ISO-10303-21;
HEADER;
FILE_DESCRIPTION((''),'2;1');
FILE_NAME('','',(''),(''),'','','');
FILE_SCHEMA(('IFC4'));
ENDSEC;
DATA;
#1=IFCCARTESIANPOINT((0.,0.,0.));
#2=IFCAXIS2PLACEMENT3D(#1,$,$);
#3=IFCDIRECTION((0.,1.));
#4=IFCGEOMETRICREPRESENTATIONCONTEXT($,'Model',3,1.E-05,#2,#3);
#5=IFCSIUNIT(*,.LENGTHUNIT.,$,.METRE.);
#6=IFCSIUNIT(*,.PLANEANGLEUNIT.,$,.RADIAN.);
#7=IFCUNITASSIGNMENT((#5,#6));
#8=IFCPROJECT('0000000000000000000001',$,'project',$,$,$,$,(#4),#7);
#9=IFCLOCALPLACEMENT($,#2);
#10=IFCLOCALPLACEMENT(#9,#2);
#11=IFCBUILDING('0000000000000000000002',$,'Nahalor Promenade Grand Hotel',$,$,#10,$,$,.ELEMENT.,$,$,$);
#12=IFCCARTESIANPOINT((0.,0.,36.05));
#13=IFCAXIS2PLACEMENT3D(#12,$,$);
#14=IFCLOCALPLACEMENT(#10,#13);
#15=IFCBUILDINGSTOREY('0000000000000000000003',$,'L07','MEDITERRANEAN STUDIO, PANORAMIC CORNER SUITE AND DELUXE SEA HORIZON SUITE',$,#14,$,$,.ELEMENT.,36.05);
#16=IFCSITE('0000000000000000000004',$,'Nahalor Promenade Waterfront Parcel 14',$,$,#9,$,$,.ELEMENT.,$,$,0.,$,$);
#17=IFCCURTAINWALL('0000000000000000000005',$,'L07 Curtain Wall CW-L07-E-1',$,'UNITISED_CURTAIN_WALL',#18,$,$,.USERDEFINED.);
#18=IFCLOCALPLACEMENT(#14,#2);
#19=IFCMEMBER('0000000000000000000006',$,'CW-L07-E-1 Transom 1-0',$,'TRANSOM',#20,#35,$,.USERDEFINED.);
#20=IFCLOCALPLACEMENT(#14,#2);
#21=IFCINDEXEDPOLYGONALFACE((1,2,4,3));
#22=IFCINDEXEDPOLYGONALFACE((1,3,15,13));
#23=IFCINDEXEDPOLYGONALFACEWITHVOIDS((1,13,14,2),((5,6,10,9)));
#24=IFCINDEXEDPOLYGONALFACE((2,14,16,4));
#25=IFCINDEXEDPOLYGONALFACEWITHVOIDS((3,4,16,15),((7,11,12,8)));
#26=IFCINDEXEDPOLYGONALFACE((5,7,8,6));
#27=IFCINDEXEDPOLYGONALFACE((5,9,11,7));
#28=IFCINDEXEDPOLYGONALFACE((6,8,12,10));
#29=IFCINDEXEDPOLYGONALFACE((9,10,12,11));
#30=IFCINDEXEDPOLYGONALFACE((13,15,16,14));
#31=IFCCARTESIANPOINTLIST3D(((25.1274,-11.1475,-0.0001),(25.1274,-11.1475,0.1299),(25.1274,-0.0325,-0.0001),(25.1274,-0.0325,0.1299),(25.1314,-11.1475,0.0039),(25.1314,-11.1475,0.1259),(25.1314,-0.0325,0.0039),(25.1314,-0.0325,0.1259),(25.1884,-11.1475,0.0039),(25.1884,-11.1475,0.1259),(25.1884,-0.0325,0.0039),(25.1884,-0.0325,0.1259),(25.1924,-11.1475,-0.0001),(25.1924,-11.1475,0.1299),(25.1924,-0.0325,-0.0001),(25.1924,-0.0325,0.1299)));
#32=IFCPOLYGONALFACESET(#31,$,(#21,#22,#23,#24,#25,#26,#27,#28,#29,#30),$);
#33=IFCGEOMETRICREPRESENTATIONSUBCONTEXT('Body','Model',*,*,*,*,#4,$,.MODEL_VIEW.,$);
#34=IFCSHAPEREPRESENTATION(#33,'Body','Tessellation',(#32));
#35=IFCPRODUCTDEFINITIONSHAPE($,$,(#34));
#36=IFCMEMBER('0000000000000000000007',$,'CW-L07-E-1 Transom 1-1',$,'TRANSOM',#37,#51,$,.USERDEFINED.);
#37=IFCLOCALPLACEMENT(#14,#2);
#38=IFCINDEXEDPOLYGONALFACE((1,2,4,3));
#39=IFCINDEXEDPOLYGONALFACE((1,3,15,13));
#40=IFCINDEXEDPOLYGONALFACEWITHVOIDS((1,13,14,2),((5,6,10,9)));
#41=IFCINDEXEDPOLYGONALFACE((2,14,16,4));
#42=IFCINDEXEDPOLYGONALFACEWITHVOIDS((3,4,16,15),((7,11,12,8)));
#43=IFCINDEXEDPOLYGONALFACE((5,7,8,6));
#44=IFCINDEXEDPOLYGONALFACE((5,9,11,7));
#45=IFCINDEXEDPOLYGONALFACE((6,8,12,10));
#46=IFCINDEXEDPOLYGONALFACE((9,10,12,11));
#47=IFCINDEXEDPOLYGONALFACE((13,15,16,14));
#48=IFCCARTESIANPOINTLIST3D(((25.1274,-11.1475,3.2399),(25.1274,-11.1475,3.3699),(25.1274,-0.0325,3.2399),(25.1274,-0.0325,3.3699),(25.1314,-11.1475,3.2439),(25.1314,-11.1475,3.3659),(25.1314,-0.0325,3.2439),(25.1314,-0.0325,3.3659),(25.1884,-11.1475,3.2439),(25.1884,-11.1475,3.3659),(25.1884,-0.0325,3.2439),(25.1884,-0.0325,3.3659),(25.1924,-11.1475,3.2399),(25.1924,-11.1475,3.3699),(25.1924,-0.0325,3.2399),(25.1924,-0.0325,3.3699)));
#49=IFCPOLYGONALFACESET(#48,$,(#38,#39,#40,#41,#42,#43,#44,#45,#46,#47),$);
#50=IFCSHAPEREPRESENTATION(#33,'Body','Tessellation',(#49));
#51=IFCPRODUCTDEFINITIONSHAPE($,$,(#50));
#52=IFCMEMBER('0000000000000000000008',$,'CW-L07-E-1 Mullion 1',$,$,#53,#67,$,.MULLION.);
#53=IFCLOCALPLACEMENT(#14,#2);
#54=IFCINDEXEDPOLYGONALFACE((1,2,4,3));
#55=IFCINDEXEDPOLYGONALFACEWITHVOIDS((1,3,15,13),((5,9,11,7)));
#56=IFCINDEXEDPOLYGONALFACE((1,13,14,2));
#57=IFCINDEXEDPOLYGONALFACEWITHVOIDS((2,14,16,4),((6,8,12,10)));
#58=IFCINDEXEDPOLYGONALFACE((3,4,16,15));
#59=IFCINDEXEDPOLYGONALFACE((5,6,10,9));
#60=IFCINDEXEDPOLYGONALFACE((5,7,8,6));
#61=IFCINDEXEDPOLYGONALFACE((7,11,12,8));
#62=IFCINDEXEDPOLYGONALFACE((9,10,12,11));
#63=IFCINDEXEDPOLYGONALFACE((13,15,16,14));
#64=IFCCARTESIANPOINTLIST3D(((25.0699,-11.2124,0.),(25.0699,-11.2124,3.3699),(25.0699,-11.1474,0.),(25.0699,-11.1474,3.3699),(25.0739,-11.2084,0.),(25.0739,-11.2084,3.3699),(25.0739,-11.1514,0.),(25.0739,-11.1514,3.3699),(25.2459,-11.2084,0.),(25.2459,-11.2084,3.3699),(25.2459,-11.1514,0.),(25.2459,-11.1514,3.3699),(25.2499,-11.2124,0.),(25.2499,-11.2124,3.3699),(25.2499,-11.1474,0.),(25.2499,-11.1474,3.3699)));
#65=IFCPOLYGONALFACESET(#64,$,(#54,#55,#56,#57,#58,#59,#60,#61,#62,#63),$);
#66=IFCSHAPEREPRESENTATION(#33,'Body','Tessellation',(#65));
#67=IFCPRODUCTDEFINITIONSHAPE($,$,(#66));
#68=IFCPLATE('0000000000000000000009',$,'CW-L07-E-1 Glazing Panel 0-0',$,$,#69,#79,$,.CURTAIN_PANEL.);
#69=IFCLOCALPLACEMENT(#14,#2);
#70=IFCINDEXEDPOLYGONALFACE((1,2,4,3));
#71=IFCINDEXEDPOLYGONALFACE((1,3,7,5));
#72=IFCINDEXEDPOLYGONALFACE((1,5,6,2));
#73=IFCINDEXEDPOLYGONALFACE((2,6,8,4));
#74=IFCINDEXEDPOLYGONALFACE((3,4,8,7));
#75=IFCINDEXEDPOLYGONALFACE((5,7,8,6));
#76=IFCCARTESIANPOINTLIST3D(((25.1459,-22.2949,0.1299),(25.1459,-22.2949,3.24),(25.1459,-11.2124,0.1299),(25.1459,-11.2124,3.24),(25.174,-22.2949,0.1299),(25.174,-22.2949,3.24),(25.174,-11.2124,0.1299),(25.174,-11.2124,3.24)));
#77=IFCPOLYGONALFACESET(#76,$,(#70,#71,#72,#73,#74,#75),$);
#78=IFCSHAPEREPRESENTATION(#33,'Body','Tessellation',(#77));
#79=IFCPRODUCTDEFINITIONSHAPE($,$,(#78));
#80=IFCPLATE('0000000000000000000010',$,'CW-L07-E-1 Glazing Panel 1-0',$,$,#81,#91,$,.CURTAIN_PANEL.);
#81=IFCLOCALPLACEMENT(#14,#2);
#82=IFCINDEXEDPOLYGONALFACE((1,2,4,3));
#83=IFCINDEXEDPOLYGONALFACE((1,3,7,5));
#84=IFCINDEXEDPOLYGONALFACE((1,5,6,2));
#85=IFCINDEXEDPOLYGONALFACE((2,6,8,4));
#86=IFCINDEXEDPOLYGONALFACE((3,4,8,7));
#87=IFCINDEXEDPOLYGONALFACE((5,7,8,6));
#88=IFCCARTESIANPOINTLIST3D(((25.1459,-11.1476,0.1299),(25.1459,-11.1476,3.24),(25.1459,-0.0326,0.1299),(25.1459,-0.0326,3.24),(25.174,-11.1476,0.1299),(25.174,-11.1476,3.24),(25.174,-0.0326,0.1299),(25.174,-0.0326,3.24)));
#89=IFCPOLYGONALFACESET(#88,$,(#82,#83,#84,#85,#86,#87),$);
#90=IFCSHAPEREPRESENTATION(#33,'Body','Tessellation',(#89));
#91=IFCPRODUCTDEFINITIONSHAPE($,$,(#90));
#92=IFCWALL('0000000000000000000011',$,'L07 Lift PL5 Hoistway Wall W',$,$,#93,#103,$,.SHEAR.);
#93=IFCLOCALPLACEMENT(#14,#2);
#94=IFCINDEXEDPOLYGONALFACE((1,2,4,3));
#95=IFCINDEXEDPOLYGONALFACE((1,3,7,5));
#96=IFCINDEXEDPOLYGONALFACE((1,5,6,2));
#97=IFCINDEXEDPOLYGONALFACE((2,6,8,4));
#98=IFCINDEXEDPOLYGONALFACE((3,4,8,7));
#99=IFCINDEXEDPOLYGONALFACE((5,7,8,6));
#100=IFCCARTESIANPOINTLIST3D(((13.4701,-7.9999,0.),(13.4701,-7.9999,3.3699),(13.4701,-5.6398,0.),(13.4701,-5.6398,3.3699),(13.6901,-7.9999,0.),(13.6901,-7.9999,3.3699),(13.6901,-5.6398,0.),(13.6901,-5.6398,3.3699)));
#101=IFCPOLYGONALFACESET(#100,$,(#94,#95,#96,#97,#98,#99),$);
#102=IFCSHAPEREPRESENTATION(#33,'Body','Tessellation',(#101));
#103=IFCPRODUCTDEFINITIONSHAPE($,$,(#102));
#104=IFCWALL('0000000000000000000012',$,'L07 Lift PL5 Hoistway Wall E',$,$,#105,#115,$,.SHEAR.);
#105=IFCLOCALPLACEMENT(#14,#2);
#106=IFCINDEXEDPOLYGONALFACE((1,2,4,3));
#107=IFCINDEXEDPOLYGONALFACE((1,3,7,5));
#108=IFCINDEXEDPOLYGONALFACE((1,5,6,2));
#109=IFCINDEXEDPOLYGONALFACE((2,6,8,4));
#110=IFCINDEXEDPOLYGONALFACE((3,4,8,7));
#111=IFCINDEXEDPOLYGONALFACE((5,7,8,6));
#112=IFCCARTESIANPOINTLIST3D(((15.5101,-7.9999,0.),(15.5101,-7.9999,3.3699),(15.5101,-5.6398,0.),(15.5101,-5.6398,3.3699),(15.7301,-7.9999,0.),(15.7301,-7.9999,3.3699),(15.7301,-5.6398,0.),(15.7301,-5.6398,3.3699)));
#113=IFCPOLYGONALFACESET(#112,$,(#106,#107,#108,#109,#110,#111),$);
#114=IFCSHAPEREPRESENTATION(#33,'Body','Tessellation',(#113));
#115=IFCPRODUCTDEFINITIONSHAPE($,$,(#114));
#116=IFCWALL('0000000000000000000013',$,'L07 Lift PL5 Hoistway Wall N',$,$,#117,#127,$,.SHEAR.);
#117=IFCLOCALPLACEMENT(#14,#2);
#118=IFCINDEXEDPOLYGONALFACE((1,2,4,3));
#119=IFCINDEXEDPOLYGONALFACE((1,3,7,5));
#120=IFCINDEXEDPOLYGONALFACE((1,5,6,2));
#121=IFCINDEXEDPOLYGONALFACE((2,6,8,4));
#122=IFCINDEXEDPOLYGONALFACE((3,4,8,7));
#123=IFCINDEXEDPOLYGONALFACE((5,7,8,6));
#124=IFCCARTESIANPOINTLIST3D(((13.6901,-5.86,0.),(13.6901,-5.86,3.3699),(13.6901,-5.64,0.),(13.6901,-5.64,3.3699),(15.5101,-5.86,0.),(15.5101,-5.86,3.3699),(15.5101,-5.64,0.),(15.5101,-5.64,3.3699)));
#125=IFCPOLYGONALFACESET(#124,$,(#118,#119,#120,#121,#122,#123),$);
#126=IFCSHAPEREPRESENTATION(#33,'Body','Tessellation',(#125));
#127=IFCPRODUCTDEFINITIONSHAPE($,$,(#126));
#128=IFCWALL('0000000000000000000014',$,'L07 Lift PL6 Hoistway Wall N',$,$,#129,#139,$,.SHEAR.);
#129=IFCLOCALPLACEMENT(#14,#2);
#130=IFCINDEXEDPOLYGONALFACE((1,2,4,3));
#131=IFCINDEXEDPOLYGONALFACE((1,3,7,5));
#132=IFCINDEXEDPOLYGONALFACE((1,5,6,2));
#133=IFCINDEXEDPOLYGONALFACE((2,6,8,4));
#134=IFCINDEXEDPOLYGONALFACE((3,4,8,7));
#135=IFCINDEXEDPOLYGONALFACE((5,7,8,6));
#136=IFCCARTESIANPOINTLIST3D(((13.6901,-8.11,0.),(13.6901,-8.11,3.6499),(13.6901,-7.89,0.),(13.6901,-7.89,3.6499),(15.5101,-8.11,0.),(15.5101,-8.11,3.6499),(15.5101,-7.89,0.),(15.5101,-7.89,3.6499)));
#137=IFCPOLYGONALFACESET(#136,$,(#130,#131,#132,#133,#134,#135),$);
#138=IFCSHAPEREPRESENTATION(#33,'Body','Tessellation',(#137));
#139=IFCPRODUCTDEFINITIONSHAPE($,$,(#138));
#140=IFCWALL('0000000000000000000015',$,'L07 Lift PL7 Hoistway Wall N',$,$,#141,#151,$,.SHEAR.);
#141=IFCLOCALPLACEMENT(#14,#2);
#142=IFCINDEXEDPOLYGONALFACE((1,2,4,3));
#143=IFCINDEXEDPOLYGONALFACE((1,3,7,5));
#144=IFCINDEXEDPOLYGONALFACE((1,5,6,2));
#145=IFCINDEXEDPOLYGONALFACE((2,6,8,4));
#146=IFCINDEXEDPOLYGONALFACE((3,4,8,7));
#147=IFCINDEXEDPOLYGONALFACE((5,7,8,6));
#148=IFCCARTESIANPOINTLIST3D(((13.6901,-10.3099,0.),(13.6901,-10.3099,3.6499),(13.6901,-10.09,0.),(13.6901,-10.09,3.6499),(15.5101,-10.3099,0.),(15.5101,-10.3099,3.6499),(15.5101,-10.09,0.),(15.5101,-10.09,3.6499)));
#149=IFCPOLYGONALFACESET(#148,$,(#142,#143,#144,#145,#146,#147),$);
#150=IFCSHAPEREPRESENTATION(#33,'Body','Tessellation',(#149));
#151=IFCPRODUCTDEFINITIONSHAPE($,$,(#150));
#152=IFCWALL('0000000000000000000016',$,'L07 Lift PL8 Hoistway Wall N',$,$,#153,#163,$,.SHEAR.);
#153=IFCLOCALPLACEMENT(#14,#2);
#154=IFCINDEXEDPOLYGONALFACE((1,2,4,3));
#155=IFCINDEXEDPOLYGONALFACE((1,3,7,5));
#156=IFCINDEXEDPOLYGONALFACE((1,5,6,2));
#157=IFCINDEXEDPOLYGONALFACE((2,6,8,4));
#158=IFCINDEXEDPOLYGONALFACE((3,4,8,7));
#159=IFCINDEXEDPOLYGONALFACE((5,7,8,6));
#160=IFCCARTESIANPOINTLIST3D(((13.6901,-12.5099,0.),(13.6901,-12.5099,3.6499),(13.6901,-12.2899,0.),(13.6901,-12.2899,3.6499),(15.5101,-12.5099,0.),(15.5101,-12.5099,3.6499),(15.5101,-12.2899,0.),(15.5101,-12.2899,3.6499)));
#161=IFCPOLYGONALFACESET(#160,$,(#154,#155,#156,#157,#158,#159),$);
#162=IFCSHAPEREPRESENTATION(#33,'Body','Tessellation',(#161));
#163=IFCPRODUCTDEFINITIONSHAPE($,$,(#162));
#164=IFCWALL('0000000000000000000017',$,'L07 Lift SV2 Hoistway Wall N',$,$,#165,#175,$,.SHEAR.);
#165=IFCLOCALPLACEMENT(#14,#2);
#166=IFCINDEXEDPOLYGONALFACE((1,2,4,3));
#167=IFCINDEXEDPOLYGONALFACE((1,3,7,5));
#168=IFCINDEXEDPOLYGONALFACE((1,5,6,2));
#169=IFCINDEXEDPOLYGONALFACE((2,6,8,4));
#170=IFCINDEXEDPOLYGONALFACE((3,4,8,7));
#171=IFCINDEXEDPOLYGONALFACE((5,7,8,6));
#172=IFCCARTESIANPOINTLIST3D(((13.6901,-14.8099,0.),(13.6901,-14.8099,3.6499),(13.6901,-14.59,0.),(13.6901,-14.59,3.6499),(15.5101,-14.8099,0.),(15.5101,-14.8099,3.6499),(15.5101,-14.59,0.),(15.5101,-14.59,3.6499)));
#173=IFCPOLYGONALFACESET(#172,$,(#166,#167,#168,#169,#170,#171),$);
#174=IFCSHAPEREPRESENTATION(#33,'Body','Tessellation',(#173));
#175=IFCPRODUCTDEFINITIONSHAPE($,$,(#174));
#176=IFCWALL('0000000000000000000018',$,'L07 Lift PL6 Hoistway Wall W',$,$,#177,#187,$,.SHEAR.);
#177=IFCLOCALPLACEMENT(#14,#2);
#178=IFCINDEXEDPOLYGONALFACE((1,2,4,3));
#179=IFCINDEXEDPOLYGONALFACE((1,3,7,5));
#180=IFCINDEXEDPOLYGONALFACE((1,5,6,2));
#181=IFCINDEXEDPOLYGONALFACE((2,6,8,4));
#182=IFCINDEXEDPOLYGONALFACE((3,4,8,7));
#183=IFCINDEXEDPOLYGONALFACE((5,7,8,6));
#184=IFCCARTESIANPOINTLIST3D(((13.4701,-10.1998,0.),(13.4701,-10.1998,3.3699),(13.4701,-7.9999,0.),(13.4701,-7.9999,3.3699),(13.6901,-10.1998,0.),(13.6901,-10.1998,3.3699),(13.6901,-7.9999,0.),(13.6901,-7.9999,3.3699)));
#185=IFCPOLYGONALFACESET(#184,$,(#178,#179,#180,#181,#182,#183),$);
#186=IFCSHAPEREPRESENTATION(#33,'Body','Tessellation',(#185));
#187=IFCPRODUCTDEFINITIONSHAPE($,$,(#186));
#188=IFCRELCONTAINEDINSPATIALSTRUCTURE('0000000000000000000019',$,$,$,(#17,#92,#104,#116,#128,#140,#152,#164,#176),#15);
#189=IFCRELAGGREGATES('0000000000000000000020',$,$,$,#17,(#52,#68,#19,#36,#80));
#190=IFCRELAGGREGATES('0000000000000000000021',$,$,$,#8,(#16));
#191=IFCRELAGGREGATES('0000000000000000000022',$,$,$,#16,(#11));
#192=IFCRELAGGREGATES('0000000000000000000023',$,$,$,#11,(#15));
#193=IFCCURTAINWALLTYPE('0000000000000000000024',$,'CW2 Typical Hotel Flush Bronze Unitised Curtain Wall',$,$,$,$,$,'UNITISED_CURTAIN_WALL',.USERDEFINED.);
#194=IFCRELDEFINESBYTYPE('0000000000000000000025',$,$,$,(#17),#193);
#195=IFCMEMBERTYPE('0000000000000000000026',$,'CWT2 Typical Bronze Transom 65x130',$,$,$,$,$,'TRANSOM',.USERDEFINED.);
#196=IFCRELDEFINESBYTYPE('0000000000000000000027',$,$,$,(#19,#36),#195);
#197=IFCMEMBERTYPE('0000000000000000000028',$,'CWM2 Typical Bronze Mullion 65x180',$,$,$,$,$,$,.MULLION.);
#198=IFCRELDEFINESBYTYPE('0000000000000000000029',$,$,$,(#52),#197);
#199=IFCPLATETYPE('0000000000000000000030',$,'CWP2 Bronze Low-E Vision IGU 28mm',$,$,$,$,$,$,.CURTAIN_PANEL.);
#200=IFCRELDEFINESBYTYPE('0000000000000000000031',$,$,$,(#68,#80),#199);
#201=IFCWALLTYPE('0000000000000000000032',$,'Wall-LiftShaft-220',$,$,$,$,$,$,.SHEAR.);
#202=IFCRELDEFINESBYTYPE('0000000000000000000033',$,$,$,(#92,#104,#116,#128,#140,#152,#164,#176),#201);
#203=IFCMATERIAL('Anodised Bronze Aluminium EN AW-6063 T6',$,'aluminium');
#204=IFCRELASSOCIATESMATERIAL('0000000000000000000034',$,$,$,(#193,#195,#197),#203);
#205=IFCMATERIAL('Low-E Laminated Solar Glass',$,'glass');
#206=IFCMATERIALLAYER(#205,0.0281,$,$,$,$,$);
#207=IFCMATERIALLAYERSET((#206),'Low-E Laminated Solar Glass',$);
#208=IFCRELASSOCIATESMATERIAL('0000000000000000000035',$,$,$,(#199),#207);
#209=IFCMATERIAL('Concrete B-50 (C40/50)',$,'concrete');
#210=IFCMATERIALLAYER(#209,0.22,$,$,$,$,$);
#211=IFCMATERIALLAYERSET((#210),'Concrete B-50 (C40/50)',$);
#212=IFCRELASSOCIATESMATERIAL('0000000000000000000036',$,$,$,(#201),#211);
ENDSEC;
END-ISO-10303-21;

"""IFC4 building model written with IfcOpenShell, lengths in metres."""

from ifc_helpers import new_model, si_unit, direction, frame, frame_2d, origin, origin_2d, place, context, subcontext, project, spatial, rectangle, hollow_rectangle, extrude, source, transform, mapped, material, layer, layer_set, material_profile, profile_set, type_object, element, aggregate, save


model = new_model("IFC4")

# Units and contexts
model_context = context("Model", 3, precision=1e-05, world=origin(), true_north=direction((0.0, 1.0)))
body_context = subcontext(model_context, "Body", "Model", "MODEL_VIEW")
ifc_project = project(units=[si_unit("LENGTHUNIT", "METRE"), si_unit("PLANEANGLEUNIT", "RADIAN")], contexts=[model_context])

# Site, building, storey
site_placement = place(None, origin())
site = spatial("IfcSite", under=ifc_project, at=site_placement, Name="Nahalor Promenade Waterfront Parcel 14", CompositionType="ELEMENT", RefElevation=0.0)
building_placement = place(site_placement, origin())
building = spatial("IfcBuilding", under=site, at=building_placement, Name="Nahalor Promenade Grand Hotel", CompositionType="ELEMENT")
storey_placement = place(building_placement, frame((0.0, 0.0, 36.05)))
storey = spatial("IfcBuildingStorey", under=building, at=storey_placement, Name="L07", Description="MEDITERRANEAN STUDIO, PANORAMIC CORNER SUITE AND DELUXE SEA HORIZON SUITE", CompositionType="ELEMENT", Elevation=36.05)

# Curtain wall, members, plates
ifc_material_1 = material(Name="Anodised Bronze Aluminium EN AW-6063 T6", Category="aluminium")
curtain_wall_type = type_object("IfcCurtainWallType", Name="CW2 Typical Hotel Flush Bronze Unitised Curtain Wall", ElementType="UNITISED_CURTAIN_WALL", PredefinedType="USERDEFINED", material=ifc_material_1)
curtain_wall_placement = place(storey_placement, origin())
curtain_wall = element("IfcCurtainWall", 1, at=curtain_wall_placement, inside=storey, type_object=curtain_wall_type, Name="L07 Curtain Wall CW-L07-E-1", ObjectType="UNITISED_CURTAIN_WALL", PredefinedType="USERDEFINED")
ifc_material_profile_1 = material_profile(ifc_material_1, hollow_rectangle(XDim=0.065, YDim=0.13, WallThickness=0.004, at=origin_2d()), Name="CWT 65x130x4")
ifc_profile_set_1 = profile_set([ifc_material_profile_1], Name="Anodised Bronze Aluminium EN AW-6063 T6")
member_type_1 = type_object("IfcMemberType", Name="CWT2 Typical Bronze Transom 65x130", ElementType="TRANSOM", PredefinedType="USERDEFINED", material=ifc_profile_set_1)
shared_shape_1 = source(origin(), body_context, "Body", "SweptSolid", [
    extrude(hollow_rectangle(XDim=0.065, YDim=0.13, WallThickness=0.004, at=origin_2d()), origin(), (0.0, 0.0, 1.0), 11.115),
])
member_1_placement = place(storey_placement, frame((25.1599, -11.1475, 0.0649), z_axis=(0.0, 1.0, 0.0), x_axis=(-1.0, 0.0, 0.0)))
member_1 = element("IfcMember", 2, at=member_1_placement, type_object=member_type_1, Name="CW-L07-E-1 Transom 1-0", ObjectType="TRANSOM", PredefinedType="USERDEFINED", context=body_context, shape_type="MappedRepresentation", body=[
    mapped(shared_shape_1, transform((0.0, 0.0, 0.0), scale=1.0)),
])
member_2_placement = place(storey_placement, frame((25.1599, -11.1475, 3.3049), z_axis=(0.0, 1.0, 0.0), x_axis=(-1.0, 0.0, 0.0)))
member_2 = element("IfcMember", 3, at=member_2_placement, type_object=member_type_1, Name="CW-L07-E-1 Transom 1-1", ObjectType="TRANSOM", PredefinedType="USERDEFINED", context=body_context, shape_type="MappedRepresentation", body=[
    mapped(shared_shape_1, transform((0.0, 0.0, 0.0), scale=1.0)),
])
ifc_material_profile_2 = material_profile(ifc_material_1, hollow_rectangle(XDim=0.065, YDim=0.18, WallThickness=0.004, at=origin_2d()), Name="CWM 65x180x4")
ifc_profile_set_2 = profile_set([ifc_material_profile_2], Name="Anodised Bronze Aluminium EN AW-6063 T6")
member_type_2 = type_object("IfcMemberType", Name="CWM2 Typical Bronze Mullion 65x180", PredefinedType="MULLION", material=ifc_profile_set_2)
shared_shape_2 = source(origin(), body_context, "Body", "SweptSolid", [
    extrude(hollow_rectangle(XDim=0.065, YDim=0.18, WallThickness=0.004, at=origin_2d()), origin(), (0.0, 0.0, 1.0), 3.3699),
])
member_3_placement = place(storey_placement, frame((25.1599, -11.1799, 0.0), z_axis=(0.0, 0.0, 1.0), x_axis=(0.0, 1.0, 0.0)))
member_3 = element("IfcMember", 4, at=member_3_placement, type_object=member_type_2, Name="CW-L07-E-1 Mullion 1", PredefinedType="MULLION", context=body_context, shape_type="MappedRepresentation", body=[
    mapped(shared_shape_2, transform((0.0, 0.0, 0.0), scale=1.0)),
])
ifc_material_2 = material(Name="Low-E Laminated Solar Glass", Category="glass")
ifc_layer_1 = layer(ifc_material_2, 0.0281)
ifc_layer_set_1 = layer_set([ifc_layer_1], Name="Low-E Laminated Solar Glass")
plate_type = type_object("IfcPlateType", Name="CWP2 Bronze Low-E Vision IGU 28mm", PredefinedType="CURTAIN_PANEL", material=ifc_layer_set_1)
shared_shape_3 = source(origin(), body_context, "Body", "SweptSolid", [
    extrude(rectangle(XDim=11.0825, YDim=0.0281, at=origin_2d()), origin(), (0.0, 0.0, 1.0), 3.1101),
])
plate_1_placement = place(storey_placement, frame((25.1599, -16.7537, 0.1299), z_axis=(0.0, 0.0, 1.0), x_axis=(0.0, 1.0, 0.0)))
plate_1 = element("IfcPlate", 5, at=plate_1_placement, type_object=plate_type, Name="CW-L07-E-1 Glazing Panel 0-0", PredefinedType="CURTAIN_PANEL", context=body_context, shape_type="MappedRepresentation", body=[
    mapped(shared_shape_3, transform((0.0, 0.0, 0.0), scale=1.0)),
])
shared_shape_4 = source(origin(), body_context, "Body", "SweptSolid", [
    extrude(rectangle(XDim=11.115, YDim=0.0281, at=origin_2d()), origin(), (0.0, 0.0, 1.0), 3.1101),
])
plate_2_placement = place(storey_placement, frame((25.1599, -5.5901, 0.1299), z_axis=(0.0, 0.0, 1.0), x_axis=(0.0, 1.0, 0.0)))
plate_2 = element("IfcPlate", 6, at=plate_2_placement, type_object=plate_type, Name="CW-L07-E-1 Glazing Panel 1-0", PredefinedType="CURTAIN_PANEL", context=body_context, shape_type="MappedRepresentation", body=[
    mapped(shared_shape_4, transform((0.0, 0.0, 0.0), scale=1.0)),
])
aggregate(curtain_wall, [member_3, plate_1, member_1, member_2, plate_2])

# Walls
ifc_material_3 = material(Name="Concrete B-50 (C40/50)", Category="concrete")
ifc_layer_2 = layer(ifc_material_3, 0.22)
ifc_layer_set_2 = layer_set([ifc_layer_2], Name="Concrete B-50 (C40/50)")
wall_type = type_object("IfcWallType", Name="Wall-LiftShaft-220", PredefinedType="SHEAR", material=ifc_layer_set_2)
shared_shape_5 = source(origin(), body_context, "Body", "SweptSolid", [
    extrude(rectangle(XDim=2.3601, YDim=0.22, at=frame_2d((1.1802, 0.0))), origin(), (0.0, 0.0, 1.0), 3.3699),
])
for number, where, z_axis, x_axis, name in (
    (7, (13.5801, -8.0, 0.0), (0.0, 0.0, 1.0), (0.0, 1.0, 0.0), "L07 Lift PL5 Hoistway Wall W"),
    (8, (15.6201, -8.0, 0.0), (0.0, 0.0, 1.0), (0.0, 1.0, 0.0), "L07 Lift PL5 Hoistway Wall E"),
):
    element("IfcWall", number, at=place(storey_placement, frame(where, z_axis=z_axis, x_axis=x_axis)), inside=storey, type_object=wall_type, Name=name, PredefinedType="SHEAR", context=body_context, shape_type="MappedRepresentation", body=[
        mapped(shared_shape_5, transform((0.0, 0.0, 0.0), scale=1.0)),
    ])
shared_shape_6 = source(origin(), body_context, "Body", "SweptSolid", [
    extrude(rectangle(XDim=1.8201, YDim=0.22, at=frame_2d((0.9102, 0.0))), origin(), (0.0, 0.0, 1.0), 3.3699),
])
wall_placement = place(storey_placement, frame((13.6899, -5.75, 0.0), z_axis=(0.0, 0.0, 1.0), x_axis=(1.0, 0.0, 0.0)))
element("IfcWall", 9, at=wall_placement, inside=storey, type_object=wall_type, Name="L07 Lift PL5 Hoistway Wall N", PredefinedType="SHEAR", context=body_context, shape_type="MappedRepresentation", body=[
    mapped(shared_shape_6, transform((0.0, 0.0, 0.0), scale=1.0)),
])
shared_shape_7 = source(origin(), body_context, "Body", "SweptSolid", [
    extrude(rectangle(XDim=1.8201, YDim=0.22, at=frame_2d((0.9102, 0.0))), origin(), (0.0, 0.0, 1.0), 3.6499),
])
for number, where, z_axis, x_axis, name in (
    (10, (13.6899, -8.0, 0.0), (0.0, 0.0, 1.0), (1.0, 0.0, 0.0), "L07 Lift PL6 Hoistway Wall N"),
    (11, (13.6899, -10.2, 0.0), (0.0, 0.0, 1.0), (1.0, 0.0, 0.0), "L07 Lift PL7 Hoistway Wall N"),
    (12, (13.6899, -12.3999, 0.0), (0.0, 0.0, 1.0), (1.0, 0.0, 0.0), "L07 Lift PL8 Hoistway Wall N"),
    (13, (13.6899, -14.7, 0.0), (0.0, 0.0, 1.0), (1.0, 0.0, 0.0), "L07 Lift SV2 Hoistway Wall N"),
):
    element("IfcWall", number, at=place(storey_placement, frame(where, z_axis=z_axis, x_axis=x_axis)), inside=storey, type_object=wall_type, Name=name, PredefinedType="SHEAR", context=body_context, shape_type="MappedRepresentation", body=[
        mapped(shared_shape_7, transform((0.0, 0.0, 0.0), scale=1.0)),
    ])
shared_shape_8 = source(origin(), body_context, "Body", "SweptSolid", [
    extrude(rectangle(XDim=2.2, YDim=0.22, at=frame_2d((1.1001, 0.0))), origin(), (0.0, 0.0, 1.0), 3.3699),
])
for number, where, z_axis, x_axis, name in (
    (14, (13.5801, -10.2, 0.0), (0.0, 0.0, 1.0), (0.0, 1.0, 0.0), "L07 Lift PL6 Hoistway Wall W"),
):
    element("IfcWall", number, at=place(storey_placement, frame(where, z_axis=z_axis, x_axis=x_axis)), inside=storey, type_object=wall_type, Name=name, PredefinedType="SHEAR", context=body_context, shape_type="MappedRepresentation", body=[
        mapped(shared_shape_8, transform((0.0, 0.0, 0.0), scale=1.0)),
    ])

save(model, "model.ifc")
